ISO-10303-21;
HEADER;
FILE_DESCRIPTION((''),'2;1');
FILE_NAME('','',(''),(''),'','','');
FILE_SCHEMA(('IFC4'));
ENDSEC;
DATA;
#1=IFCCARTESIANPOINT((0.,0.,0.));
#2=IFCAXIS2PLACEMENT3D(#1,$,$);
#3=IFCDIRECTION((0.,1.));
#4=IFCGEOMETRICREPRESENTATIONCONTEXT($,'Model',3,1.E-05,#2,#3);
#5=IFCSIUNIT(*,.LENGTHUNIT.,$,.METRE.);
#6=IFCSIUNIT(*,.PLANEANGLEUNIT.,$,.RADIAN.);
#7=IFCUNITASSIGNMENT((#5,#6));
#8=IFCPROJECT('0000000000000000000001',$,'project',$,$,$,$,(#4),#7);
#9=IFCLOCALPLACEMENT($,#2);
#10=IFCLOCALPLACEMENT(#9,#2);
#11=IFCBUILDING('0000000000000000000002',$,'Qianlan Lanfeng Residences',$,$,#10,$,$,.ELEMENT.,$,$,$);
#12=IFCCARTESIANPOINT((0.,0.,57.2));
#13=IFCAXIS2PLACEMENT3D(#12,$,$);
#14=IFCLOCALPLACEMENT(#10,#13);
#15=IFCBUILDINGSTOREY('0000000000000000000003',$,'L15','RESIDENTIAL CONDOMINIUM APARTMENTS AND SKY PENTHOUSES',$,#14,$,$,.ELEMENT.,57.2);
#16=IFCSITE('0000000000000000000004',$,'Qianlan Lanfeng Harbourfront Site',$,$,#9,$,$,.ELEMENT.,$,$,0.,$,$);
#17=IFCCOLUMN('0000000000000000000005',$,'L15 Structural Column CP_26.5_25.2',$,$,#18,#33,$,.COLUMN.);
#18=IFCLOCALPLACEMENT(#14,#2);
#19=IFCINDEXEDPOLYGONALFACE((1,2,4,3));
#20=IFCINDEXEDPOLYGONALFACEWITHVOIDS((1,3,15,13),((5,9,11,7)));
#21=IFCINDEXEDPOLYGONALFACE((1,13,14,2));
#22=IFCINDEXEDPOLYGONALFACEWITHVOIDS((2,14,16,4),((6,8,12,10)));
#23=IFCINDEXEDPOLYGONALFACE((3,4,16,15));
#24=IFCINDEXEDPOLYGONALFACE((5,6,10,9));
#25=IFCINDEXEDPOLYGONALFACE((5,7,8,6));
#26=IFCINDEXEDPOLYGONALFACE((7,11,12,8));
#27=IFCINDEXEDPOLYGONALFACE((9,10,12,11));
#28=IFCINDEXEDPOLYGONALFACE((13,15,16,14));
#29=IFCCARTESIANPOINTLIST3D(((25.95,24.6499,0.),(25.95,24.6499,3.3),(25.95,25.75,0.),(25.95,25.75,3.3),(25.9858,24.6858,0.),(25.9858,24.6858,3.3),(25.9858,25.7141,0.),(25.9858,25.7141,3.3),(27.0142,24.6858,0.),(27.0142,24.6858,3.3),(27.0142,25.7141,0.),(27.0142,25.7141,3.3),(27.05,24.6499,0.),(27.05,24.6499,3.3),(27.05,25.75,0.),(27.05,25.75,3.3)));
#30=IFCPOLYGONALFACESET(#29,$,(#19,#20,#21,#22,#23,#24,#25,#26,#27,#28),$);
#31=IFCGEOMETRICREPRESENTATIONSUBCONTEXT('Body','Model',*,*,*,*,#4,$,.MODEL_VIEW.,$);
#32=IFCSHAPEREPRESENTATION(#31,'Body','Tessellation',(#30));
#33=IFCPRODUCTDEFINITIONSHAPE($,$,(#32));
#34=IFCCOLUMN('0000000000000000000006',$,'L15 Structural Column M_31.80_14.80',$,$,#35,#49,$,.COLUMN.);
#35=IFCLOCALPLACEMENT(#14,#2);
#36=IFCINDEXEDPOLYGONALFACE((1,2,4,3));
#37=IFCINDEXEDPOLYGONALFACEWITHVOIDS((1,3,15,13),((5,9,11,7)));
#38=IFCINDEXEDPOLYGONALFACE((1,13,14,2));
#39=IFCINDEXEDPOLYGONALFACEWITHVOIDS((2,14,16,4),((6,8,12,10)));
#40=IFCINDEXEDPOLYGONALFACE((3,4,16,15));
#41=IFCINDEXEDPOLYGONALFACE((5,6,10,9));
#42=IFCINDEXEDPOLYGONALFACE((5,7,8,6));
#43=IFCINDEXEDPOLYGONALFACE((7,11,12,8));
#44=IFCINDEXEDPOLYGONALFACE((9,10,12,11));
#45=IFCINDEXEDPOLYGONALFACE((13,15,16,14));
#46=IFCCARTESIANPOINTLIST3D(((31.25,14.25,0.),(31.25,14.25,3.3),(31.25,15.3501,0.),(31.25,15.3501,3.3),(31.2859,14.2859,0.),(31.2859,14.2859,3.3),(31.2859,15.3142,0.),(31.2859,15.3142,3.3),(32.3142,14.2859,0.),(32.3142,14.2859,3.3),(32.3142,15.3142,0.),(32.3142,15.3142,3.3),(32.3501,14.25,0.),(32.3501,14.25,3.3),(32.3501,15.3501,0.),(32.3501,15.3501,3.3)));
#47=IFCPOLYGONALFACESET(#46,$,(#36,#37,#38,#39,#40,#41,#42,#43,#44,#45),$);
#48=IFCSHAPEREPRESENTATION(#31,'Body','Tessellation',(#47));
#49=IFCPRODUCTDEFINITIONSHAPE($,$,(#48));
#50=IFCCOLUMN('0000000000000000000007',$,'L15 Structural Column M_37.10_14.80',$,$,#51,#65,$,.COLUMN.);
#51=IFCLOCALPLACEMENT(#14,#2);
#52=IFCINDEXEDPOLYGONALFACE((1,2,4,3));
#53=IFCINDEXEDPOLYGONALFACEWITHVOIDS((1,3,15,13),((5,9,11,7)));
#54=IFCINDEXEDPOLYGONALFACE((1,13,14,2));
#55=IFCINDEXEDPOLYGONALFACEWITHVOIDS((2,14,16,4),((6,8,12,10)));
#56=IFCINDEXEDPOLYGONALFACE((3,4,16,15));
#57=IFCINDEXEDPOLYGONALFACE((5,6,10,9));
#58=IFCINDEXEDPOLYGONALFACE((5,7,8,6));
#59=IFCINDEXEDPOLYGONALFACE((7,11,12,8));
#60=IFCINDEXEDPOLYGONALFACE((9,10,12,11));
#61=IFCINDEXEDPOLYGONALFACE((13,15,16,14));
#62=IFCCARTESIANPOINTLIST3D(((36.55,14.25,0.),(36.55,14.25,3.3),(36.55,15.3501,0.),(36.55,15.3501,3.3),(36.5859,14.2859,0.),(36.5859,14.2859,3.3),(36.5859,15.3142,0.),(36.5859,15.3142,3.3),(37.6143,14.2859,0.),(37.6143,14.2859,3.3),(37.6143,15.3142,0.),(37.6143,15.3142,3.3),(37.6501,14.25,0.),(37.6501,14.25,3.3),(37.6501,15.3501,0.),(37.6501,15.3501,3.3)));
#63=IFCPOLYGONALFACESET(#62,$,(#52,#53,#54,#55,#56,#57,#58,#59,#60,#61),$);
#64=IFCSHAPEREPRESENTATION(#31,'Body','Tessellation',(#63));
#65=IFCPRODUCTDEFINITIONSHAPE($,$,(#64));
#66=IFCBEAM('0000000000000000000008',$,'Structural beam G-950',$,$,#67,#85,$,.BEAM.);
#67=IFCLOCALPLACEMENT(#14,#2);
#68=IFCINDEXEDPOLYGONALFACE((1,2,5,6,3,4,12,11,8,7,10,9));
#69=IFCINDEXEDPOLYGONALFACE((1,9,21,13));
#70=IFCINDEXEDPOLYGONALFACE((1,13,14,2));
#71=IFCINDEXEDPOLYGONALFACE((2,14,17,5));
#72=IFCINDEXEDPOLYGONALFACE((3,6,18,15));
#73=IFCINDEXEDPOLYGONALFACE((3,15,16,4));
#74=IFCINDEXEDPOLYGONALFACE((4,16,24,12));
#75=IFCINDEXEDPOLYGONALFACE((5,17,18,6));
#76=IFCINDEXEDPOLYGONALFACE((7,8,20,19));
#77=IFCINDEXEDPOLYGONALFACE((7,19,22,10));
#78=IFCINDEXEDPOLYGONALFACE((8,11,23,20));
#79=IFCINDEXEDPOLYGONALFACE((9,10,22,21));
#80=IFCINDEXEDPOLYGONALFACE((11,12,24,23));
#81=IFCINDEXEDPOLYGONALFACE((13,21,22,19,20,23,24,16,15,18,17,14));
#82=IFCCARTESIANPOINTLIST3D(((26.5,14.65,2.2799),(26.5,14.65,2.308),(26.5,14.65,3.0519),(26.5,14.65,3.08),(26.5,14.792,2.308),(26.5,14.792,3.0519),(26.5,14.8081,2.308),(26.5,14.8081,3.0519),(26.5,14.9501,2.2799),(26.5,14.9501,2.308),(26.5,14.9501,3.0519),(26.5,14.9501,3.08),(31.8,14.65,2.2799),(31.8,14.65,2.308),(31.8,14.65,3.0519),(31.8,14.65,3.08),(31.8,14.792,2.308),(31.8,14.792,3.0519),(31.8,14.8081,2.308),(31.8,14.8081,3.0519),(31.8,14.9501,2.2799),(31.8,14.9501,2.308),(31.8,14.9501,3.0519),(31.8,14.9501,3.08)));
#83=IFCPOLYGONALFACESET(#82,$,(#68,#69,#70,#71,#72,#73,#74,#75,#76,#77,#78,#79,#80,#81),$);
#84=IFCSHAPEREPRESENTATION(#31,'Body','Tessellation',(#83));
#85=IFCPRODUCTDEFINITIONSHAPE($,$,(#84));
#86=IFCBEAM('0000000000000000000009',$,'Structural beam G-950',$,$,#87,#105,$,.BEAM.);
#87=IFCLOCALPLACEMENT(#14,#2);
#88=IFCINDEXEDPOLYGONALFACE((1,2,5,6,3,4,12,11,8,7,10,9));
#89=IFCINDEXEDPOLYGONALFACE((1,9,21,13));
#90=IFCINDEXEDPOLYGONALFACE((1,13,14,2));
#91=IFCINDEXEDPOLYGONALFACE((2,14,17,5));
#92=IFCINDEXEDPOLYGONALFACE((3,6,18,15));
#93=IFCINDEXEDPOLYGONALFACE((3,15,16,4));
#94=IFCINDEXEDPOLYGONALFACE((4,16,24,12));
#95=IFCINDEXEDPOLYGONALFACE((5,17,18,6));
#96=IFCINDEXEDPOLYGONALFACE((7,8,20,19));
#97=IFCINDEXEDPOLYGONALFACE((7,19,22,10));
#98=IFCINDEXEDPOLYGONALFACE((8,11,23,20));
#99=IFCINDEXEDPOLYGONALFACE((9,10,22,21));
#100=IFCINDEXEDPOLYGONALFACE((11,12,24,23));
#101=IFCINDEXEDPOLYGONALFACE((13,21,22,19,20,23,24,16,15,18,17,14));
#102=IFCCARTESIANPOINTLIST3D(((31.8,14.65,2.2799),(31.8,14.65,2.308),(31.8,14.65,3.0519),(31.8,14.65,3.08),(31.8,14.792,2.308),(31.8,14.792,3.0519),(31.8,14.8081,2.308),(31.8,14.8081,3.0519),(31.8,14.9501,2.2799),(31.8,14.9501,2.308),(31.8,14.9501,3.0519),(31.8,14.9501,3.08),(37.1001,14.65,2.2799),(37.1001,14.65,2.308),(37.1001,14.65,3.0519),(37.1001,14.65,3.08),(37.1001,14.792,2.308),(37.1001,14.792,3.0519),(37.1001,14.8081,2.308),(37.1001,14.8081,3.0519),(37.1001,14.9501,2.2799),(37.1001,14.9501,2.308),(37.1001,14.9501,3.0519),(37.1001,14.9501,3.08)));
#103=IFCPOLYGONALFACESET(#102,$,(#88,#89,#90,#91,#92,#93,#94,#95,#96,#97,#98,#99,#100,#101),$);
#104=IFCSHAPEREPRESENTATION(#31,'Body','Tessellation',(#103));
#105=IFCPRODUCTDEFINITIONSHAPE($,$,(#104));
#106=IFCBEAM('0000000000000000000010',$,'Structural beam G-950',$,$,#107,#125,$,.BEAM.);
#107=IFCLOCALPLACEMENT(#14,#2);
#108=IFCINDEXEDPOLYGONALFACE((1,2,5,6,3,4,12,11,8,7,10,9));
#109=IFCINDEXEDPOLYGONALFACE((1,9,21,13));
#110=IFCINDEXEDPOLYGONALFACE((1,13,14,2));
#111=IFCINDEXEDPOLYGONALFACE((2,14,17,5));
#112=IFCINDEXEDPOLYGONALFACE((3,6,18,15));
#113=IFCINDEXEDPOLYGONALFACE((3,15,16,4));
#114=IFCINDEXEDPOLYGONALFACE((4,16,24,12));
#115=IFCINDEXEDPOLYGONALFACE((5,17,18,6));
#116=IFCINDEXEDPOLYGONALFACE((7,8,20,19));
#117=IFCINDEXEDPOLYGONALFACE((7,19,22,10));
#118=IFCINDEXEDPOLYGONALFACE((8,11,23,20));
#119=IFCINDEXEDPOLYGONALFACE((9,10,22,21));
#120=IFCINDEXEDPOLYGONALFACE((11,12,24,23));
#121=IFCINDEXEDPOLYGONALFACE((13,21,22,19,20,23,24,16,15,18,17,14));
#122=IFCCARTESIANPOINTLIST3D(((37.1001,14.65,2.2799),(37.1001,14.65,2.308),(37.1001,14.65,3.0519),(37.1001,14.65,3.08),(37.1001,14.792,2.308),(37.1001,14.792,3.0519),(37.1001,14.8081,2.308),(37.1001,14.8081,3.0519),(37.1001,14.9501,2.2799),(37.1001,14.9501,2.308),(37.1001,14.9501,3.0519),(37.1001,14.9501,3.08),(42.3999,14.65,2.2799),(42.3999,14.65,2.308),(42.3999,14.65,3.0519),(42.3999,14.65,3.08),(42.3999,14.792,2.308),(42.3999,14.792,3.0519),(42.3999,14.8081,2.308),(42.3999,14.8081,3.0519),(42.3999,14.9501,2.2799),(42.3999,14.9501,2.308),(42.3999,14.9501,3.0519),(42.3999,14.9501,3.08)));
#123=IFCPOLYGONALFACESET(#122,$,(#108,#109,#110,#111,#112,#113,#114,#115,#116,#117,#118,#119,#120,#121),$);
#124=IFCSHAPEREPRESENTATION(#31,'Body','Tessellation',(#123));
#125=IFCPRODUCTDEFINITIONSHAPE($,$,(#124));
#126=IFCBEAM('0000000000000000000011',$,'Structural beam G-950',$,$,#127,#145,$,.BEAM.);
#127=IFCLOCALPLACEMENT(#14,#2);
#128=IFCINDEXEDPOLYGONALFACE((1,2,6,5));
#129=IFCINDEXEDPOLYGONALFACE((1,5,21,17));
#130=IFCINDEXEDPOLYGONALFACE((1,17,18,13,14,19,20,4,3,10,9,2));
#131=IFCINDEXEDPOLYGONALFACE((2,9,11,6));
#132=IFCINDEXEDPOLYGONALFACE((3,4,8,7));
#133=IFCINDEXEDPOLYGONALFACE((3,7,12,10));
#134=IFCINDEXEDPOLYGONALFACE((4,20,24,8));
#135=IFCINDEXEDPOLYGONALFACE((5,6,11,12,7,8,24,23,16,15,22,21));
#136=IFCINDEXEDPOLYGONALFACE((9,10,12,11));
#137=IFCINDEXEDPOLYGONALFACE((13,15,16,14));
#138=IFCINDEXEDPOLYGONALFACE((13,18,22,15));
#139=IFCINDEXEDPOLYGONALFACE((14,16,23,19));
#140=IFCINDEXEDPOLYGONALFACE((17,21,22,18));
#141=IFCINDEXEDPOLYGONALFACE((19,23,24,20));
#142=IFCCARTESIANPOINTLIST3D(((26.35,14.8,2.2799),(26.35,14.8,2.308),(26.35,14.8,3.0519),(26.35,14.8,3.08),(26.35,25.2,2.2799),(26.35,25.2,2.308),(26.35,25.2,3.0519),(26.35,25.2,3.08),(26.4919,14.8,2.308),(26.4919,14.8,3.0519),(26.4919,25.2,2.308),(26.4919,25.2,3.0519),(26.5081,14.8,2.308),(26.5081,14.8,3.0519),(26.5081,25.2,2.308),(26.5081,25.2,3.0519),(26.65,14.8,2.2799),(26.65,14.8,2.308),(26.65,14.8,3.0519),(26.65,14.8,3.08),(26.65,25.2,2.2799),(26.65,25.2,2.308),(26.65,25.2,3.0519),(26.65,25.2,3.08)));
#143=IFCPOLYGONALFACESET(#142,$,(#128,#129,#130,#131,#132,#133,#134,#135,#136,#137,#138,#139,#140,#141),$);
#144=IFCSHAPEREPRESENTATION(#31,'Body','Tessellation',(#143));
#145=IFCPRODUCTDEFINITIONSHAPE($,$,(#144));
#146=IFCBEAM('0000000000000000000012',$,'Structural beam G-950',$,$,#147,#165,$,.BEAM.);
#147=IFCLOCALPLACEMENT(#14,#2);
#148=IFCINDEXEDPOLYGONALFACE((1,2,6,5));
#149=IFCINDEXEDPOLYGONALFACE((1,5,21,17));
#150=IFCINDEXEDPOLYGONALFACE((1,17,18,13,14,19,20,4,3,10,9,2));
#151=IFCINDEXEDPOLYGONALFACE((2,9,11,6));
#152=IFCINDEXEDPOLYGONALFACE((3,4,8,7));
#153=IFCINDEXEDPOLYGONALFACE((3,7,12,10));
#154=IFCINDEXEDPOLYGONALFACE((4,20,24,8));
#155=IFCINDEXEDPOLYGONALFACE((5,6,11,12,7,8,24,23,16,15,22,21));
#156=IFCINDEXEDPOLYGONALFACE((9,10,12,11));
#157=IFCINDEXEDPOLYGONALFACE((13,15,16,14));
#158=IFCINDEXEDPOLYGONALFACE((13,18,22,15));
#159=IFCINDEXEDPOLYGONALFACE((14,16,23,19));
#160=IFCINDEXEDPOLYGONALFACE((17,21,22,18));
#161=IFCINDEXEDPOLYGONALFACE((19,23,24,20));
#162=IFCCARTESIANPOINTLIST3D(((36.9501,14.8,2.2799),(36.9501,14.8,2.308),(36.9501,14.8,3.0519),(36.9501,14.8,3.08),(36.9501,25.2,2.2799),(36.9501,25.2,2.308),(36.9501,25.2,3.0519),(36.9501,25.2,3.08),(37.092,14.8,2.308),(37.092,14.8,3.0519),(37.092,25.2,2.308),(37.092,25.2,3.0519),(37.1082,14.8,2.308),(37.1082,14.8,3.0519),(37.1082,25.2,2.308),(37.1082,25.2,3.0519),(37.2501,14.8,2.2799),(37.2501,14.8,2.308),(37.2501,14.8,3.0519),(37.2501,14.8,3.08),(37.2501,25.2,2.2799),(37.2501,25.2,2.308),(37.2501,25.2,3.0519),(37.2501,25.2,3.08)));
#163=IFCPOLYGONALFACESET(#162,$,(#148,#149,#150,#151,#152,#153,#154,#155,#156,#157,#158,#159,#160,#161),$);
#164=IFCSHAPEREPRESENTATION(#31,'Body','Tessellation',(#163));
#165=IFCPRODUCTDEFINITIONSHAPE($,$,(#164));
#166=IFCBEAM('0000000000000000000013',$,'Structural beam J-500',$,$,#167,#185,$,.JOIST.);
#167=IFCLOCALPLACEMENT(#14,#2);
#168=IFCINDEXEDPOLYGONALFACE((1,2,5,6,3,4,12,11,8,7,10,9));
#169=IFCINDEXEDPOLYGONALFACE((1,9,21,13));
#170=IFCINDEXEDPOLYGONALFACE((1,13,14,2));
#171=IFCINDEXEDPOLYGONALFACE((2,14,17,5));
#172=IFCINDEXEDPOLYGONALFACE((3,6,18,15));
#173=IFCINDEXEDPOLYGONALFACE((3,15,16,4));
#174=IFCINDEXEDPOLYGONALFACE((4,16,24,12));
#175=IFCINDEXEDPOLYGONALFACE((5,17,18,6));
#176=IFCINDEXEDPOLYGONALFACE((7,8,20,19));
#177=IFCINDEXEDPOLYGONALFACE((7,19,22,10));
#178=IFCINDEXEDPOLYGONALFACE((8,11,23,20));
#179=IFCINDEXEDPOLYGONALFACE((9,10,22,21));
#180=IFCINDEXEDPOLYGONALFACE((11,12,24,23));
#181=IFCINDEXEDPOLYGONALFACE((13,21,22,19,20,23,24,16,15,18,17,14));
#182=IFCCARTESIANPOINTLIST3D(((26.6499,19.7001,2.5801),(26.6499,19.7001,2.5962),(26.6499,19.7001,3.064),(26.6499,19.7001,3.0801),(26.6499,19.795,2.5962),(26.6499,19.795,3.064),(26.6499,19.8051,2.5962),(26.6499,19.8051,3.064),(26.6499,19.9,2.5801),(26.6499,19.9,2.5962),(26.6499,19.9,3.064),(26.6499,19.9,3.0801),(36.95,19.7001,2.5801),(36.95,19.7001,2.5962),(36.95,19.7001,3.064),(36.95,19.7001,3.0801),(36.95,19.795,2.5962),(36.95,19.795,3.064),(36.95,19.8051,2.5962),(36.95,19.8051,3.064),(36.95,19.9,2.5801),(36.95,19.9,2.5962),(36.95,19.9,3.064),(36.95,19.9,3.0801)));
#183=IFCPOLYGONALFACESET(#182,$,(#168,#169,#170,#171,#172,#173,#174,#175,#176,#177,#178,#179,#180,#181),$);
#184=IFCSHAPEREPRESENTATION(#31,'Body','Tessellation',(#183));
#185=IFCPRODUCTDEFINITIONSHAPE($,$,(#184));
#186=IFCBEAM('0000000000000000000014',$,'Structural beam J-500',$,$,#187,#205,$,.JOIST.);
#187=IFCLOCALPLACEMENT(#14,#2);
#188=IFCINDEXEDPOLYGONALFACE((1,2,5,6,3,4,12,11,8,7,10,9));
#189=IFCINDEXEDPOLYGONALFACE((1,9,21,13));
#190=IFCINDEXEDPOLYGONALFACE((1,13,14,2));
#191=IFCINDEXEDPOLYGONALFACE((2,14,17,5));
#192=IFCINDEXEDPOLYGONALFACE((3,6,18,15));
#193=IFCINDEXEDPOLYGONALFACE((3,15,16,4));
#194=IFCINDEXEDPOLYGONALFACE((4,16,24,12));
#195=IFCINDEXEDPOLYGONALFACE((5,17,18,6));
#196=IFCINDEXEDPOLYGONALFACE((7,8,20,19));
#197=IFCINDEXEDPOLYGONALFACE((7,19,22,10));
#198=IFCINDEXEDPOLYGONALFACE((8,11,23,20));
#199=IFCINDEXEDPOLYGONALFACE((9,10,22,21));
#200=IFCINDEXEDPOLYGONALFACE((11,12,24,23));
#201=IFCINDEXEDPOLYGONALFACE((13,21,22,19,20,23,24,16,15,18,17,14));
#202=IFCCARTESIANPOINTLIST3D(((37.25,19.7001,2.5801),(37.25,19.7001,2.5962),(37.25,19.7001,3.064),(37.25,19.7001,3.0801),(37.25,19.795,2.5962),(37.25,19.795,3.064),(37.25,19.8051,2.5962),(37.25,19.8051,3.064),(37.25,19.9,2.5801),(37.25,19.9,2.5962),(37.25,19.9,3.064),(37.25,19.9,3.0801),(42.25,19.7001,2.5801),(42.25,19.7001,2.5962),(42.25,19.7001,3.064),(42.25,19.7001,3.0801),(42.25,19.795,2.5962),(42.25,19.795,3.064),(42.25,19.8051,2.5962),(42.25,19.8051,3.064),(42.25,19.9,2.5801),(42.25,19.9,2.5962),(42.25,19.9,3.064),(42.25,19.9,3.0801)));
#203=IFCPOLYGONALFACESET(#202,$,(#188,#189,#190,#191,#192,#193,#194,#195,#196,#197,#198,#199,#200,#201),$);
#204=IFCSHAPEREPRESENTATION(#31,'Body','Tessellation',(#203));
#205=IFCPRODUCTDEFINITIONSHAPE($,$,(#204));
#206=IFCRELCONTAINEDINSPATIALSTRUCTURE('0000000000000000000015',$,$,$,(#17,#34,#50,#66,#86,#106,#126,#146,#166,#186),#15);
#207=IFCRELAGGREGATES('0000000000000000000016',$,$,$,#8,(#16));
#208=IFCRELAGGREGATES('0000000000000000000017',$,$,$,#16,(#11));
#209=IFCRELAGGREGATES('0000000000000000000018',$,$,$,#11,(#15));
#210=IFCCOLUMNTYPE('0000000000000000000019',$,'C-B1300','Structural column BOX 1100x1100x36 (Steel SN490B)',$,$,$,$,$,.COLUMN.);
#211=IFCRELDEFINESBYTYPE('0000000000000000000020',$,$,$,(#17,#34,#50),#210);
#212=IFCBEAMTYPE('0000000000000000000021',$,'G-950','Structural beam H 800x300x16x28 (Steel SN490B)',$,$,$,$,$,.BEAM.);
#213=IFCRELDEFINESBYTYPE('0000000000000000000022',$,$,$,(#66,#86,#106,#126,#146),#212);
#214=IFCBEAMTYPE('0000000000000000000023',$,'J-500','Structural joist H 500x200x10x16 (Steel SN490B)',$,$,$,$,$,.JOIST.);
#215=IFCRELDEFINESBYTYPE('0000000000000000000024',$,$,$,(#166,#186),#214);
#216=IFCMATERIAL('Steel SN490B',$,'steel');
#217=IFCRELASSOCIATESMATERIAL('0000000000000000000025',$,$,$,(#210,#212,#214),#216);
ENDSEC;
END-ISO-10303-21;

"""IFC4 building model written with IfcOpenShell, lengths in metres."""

from ifc_helpers import new_model, si_unit, direction, frame, origin, origin_2d, place, context, subcontext, project, spatial, hollow_rectangle, i_section, extrude, material, material_profile, profile_set, type_object, element, save


model = new_model("IFC4")

# Units and contexts
model_context = context("Model", 3, precision=1e-05, world=origin(), true_north=direction((0.0, 1.0)))
body_context = subcontext(model_context, "Body", "Model", "MODEL_VIEW")
ifc_project = project(units=[si_unit("LENGTHUNIT", "METRE"), si_unit("PLANEANGLEUNIT", "RADIAN")], contexts=[model_context])

# Site, building, storey
site_placement = place(None, origin())
site = spatial("IfcSite", under=ifc_project, at=site_placement, Name="Qianlan Lanfeng Harbourfront Site", CompositionType="ELEMENT", RefElevation=0.0)
building_placement = place(site_placement, origin())
building = spatial("IfcBuilding", under=site, at=building_placement, Name="Qianlan Lanfeng Residences", CompositionType="ELEMENT")
storey_placement = place(building_placement, frame((0.0, 0.0, 57.2)))
storey = spatial("IfcBuildingStorey", under=building, at=storey_placement, Name="L15", Description="RESIDENTIAL CONDOMINIUM APARTMENTS AND SKY PENTHOUSES", CompositionType="ELEMENT", Elevation=57.2)

# Columns
ifc_material_1 = material(Name="Steel SN490B", Category="steel")
ifc_material_profile_1 = material_profile(ifc_material_1, hollow_rectangle(XDim=1.1001, YDim=1.1001, WallThickness=0.0359, at=origin_2d()), Name="BOX 1100x1100x36")
ifc_profile_set_1 = profile_set([ifc_material_profile_1], Name="Steel SN490B")
column_type = type_object("IfcColumnType", Name="C-B1300", Description="Structural column BOX 1100x1100x36 (Steel SN490B)", PredefinedType="COLUMN", material=ifc_profile_set_1)
for number, where, z_axis, x_axis, name in (
    (1, (26.5, 25.2, 0.0), (0.0, 0.0, 1.0), (1.0, 0.0, 0.0), "L15 Structural Column CP_26.5_25.2"),
    (2, (31.8, 14.8, 0.0), (0.0, 0.0, 1.0), (1.0, 0.0, 0.0), "L15 Structural Column M_31.80_14.80"),
    (3, (37.1001, 14.8, 0.0), (0.0, 0.0, 1.0), (1.0, 0.0, 0.0), "L15 Structural Column M_37.10_14.80"),
):
    element("IfcColumn", number, at=place(storey_placement, frame(where, z_axis=z_axis, x_axis=x_axis)), inside=storey, type_object=column_type, Name=name, PredefinedType="COLUMN", context=body_context, shape_type="SweptSolid", body=[
        extrude(hollow_rectangle(XDim=1.1001, YDim=1.1001, WallThickness=0.0359, at=origin_2d()), origin(), (0.0, 0.0, 1.0), 3.3),
    ])

# Beams
ifc_material_profile_2 = material_profile(ifc_material_1, i_section(OverallWidth=0.3, OverallDepth=0.8, WebThickness=0.0161, FlangeThickness=0.0281, at=origin_2d()), Name="H 800x300x16x28")
ifc_profile_set_2 = profile_set([ifc_material_profile_2], Name="Steel SN490B")
beam_type_1 = type_object("IfcBeamType", Name="G-950", Description="Structural beam H 800x300x16x28 (Steel SN490B)", PredefinedType="BEAM", material=ifc_profile_set_2)
for number, where, z_axis, x_axis, name in (
    (4, (26.5, 14.8, 2.6799), (1.0, 0.0, 0.0), (0.0, 1.0, 0.0), "Structural beam G-950"),
    (5, (31.8, 14.8, 2.6799), (1.0, 0.0, 0.0), (0.0, 1.0, 0.0), "Structural beam G-950"),
):
    element("IfcBeam", number, at=place(storey_placement, frame(where, z_axis=z_axis, x_axis=x_axis)), inside=storey, type_object=beam_type_1, Name=name, PredefinedType="BEAM", context=body_context, shape_type="SweptSolid", body=[
        extrude(i_section(OverallWidth=0.3, OverallDepth=0.8, WebThickness=0.0161, FlangeThickness=0.0281, at=origin_2d()), origin(), (0.0, 0.0, 1.0), 5.3),
    ])
beam_1_placement = place(storey_placement, frame((37.1001, 14.8, 2.6799), z_axis=(1.0, 0.0, 0.0), x_axis=(0.0, 1.0, 0.0)))
element("IfcBeam", 6, at=beam_1_placement, inside=storey, type_object=beam_type_1, Name="Structural beam G-950", PredefinedType="BEAM", context=body_context, shape_type="SweptSolid", body=[
    extrude(i_section(OverallWidth=0.3, OverallDepth=0.8, WebThickness=0.0161, FlangeThickness=0.0281, at=origin_2d()), origin(), (0.0, 0.0, 1.0), 5.2998),
])
for number, where, z_axis, x_axis, name in (
    (7, (26.5, 14.8, 2.6799), (0.0, 1.0, 0.0), (-1.0, 0.0, 0.0), "Structural beam G-950"),
    (8, (37.1001, 14.8, 2.6799), (0.0, 1.0, 0.0), (-1.0, 0.0, 0.0), "Structural beam G-950"),
):
    element("IfcBeam", number, at=place(storey_placement, frame(where, z_axis=z_axis, x_axis=x_axis)), inside=storey, type_object=beam_type_1, Name=name, PredefinedType="BEAM", context=body_context, shape_type="SweptSolid", body=[
        extrude(i_section(OverallWidth=0.3, OverallDepth=0.8, WebThickness=0.0161, FlangeThickness=0.0281, at=origin_2d()), origin(), (0.0, 0.0, 1.0), 10.3999),
    ])
ifc_material_profile_3 = material_profile(ifc_material_1, i_section(OverallWidth=0.2, OverallDepth=0.5, WebThickness=0.01, FlangeThickness=0.0161, at=origin_2d()), Name="H 500x200x10x16")
ifc_profile_set_3 = profile_set([ifc_material_profile_3], Name="Steel SN490B")
beam_type_2 = type_object("IfcBeamType", Name="J-500", Description="Structural joist H 500x200x10x16 (Steel SN490B)", PredefinedType="JOIST", material=ifc_profile_set_3)
beam_2_placement = place(storey_placement, frame((26.6499, 19.8, 2.8301), z_axis=(1.0, 0.0, 0.0), x_axis=(0.0, 1.0, 0.0)))
element("IfcBeam", 9, at=beam_2_placement, inside=storey, type_object=beam_type_2, Name="Structural beam J-500", PredefinedType="JOIST", context=body_context, shape_type="SweptSolid", body=[
    extrude(i_section(OverallWidth=0.2, OverallDepth=0.5, WebThickness=0.01, FlangeThickness=0.0161, at=origin_2d()), origin(), (0.0, 0.0, 1.0), 10.3),
])
beam_3_placement = place(storey_placement, frame((37.25, 19.8, 2.8301), z_axis=(1.0, 0.0, 0.0), x_axis=(0.0, 1.0, 0.0)))
element("IfcBeam", 10, at=beam_3_placement, inside=storey, type_object=beam_type_2, Name="Structural beam J-500", PredefinedType="JOIST", context=body_context, shape_type="SweptSolid", body=[
    extrude(i_section(OverallWidth=0.2, OverallDepth=0.5, WebThickness=0.01, FlangeThickness=0.0161, at=origin_2d()), origin(), (0.0, 0.0, 1.0), 5.0),
])

save(model, "model.ifc")
